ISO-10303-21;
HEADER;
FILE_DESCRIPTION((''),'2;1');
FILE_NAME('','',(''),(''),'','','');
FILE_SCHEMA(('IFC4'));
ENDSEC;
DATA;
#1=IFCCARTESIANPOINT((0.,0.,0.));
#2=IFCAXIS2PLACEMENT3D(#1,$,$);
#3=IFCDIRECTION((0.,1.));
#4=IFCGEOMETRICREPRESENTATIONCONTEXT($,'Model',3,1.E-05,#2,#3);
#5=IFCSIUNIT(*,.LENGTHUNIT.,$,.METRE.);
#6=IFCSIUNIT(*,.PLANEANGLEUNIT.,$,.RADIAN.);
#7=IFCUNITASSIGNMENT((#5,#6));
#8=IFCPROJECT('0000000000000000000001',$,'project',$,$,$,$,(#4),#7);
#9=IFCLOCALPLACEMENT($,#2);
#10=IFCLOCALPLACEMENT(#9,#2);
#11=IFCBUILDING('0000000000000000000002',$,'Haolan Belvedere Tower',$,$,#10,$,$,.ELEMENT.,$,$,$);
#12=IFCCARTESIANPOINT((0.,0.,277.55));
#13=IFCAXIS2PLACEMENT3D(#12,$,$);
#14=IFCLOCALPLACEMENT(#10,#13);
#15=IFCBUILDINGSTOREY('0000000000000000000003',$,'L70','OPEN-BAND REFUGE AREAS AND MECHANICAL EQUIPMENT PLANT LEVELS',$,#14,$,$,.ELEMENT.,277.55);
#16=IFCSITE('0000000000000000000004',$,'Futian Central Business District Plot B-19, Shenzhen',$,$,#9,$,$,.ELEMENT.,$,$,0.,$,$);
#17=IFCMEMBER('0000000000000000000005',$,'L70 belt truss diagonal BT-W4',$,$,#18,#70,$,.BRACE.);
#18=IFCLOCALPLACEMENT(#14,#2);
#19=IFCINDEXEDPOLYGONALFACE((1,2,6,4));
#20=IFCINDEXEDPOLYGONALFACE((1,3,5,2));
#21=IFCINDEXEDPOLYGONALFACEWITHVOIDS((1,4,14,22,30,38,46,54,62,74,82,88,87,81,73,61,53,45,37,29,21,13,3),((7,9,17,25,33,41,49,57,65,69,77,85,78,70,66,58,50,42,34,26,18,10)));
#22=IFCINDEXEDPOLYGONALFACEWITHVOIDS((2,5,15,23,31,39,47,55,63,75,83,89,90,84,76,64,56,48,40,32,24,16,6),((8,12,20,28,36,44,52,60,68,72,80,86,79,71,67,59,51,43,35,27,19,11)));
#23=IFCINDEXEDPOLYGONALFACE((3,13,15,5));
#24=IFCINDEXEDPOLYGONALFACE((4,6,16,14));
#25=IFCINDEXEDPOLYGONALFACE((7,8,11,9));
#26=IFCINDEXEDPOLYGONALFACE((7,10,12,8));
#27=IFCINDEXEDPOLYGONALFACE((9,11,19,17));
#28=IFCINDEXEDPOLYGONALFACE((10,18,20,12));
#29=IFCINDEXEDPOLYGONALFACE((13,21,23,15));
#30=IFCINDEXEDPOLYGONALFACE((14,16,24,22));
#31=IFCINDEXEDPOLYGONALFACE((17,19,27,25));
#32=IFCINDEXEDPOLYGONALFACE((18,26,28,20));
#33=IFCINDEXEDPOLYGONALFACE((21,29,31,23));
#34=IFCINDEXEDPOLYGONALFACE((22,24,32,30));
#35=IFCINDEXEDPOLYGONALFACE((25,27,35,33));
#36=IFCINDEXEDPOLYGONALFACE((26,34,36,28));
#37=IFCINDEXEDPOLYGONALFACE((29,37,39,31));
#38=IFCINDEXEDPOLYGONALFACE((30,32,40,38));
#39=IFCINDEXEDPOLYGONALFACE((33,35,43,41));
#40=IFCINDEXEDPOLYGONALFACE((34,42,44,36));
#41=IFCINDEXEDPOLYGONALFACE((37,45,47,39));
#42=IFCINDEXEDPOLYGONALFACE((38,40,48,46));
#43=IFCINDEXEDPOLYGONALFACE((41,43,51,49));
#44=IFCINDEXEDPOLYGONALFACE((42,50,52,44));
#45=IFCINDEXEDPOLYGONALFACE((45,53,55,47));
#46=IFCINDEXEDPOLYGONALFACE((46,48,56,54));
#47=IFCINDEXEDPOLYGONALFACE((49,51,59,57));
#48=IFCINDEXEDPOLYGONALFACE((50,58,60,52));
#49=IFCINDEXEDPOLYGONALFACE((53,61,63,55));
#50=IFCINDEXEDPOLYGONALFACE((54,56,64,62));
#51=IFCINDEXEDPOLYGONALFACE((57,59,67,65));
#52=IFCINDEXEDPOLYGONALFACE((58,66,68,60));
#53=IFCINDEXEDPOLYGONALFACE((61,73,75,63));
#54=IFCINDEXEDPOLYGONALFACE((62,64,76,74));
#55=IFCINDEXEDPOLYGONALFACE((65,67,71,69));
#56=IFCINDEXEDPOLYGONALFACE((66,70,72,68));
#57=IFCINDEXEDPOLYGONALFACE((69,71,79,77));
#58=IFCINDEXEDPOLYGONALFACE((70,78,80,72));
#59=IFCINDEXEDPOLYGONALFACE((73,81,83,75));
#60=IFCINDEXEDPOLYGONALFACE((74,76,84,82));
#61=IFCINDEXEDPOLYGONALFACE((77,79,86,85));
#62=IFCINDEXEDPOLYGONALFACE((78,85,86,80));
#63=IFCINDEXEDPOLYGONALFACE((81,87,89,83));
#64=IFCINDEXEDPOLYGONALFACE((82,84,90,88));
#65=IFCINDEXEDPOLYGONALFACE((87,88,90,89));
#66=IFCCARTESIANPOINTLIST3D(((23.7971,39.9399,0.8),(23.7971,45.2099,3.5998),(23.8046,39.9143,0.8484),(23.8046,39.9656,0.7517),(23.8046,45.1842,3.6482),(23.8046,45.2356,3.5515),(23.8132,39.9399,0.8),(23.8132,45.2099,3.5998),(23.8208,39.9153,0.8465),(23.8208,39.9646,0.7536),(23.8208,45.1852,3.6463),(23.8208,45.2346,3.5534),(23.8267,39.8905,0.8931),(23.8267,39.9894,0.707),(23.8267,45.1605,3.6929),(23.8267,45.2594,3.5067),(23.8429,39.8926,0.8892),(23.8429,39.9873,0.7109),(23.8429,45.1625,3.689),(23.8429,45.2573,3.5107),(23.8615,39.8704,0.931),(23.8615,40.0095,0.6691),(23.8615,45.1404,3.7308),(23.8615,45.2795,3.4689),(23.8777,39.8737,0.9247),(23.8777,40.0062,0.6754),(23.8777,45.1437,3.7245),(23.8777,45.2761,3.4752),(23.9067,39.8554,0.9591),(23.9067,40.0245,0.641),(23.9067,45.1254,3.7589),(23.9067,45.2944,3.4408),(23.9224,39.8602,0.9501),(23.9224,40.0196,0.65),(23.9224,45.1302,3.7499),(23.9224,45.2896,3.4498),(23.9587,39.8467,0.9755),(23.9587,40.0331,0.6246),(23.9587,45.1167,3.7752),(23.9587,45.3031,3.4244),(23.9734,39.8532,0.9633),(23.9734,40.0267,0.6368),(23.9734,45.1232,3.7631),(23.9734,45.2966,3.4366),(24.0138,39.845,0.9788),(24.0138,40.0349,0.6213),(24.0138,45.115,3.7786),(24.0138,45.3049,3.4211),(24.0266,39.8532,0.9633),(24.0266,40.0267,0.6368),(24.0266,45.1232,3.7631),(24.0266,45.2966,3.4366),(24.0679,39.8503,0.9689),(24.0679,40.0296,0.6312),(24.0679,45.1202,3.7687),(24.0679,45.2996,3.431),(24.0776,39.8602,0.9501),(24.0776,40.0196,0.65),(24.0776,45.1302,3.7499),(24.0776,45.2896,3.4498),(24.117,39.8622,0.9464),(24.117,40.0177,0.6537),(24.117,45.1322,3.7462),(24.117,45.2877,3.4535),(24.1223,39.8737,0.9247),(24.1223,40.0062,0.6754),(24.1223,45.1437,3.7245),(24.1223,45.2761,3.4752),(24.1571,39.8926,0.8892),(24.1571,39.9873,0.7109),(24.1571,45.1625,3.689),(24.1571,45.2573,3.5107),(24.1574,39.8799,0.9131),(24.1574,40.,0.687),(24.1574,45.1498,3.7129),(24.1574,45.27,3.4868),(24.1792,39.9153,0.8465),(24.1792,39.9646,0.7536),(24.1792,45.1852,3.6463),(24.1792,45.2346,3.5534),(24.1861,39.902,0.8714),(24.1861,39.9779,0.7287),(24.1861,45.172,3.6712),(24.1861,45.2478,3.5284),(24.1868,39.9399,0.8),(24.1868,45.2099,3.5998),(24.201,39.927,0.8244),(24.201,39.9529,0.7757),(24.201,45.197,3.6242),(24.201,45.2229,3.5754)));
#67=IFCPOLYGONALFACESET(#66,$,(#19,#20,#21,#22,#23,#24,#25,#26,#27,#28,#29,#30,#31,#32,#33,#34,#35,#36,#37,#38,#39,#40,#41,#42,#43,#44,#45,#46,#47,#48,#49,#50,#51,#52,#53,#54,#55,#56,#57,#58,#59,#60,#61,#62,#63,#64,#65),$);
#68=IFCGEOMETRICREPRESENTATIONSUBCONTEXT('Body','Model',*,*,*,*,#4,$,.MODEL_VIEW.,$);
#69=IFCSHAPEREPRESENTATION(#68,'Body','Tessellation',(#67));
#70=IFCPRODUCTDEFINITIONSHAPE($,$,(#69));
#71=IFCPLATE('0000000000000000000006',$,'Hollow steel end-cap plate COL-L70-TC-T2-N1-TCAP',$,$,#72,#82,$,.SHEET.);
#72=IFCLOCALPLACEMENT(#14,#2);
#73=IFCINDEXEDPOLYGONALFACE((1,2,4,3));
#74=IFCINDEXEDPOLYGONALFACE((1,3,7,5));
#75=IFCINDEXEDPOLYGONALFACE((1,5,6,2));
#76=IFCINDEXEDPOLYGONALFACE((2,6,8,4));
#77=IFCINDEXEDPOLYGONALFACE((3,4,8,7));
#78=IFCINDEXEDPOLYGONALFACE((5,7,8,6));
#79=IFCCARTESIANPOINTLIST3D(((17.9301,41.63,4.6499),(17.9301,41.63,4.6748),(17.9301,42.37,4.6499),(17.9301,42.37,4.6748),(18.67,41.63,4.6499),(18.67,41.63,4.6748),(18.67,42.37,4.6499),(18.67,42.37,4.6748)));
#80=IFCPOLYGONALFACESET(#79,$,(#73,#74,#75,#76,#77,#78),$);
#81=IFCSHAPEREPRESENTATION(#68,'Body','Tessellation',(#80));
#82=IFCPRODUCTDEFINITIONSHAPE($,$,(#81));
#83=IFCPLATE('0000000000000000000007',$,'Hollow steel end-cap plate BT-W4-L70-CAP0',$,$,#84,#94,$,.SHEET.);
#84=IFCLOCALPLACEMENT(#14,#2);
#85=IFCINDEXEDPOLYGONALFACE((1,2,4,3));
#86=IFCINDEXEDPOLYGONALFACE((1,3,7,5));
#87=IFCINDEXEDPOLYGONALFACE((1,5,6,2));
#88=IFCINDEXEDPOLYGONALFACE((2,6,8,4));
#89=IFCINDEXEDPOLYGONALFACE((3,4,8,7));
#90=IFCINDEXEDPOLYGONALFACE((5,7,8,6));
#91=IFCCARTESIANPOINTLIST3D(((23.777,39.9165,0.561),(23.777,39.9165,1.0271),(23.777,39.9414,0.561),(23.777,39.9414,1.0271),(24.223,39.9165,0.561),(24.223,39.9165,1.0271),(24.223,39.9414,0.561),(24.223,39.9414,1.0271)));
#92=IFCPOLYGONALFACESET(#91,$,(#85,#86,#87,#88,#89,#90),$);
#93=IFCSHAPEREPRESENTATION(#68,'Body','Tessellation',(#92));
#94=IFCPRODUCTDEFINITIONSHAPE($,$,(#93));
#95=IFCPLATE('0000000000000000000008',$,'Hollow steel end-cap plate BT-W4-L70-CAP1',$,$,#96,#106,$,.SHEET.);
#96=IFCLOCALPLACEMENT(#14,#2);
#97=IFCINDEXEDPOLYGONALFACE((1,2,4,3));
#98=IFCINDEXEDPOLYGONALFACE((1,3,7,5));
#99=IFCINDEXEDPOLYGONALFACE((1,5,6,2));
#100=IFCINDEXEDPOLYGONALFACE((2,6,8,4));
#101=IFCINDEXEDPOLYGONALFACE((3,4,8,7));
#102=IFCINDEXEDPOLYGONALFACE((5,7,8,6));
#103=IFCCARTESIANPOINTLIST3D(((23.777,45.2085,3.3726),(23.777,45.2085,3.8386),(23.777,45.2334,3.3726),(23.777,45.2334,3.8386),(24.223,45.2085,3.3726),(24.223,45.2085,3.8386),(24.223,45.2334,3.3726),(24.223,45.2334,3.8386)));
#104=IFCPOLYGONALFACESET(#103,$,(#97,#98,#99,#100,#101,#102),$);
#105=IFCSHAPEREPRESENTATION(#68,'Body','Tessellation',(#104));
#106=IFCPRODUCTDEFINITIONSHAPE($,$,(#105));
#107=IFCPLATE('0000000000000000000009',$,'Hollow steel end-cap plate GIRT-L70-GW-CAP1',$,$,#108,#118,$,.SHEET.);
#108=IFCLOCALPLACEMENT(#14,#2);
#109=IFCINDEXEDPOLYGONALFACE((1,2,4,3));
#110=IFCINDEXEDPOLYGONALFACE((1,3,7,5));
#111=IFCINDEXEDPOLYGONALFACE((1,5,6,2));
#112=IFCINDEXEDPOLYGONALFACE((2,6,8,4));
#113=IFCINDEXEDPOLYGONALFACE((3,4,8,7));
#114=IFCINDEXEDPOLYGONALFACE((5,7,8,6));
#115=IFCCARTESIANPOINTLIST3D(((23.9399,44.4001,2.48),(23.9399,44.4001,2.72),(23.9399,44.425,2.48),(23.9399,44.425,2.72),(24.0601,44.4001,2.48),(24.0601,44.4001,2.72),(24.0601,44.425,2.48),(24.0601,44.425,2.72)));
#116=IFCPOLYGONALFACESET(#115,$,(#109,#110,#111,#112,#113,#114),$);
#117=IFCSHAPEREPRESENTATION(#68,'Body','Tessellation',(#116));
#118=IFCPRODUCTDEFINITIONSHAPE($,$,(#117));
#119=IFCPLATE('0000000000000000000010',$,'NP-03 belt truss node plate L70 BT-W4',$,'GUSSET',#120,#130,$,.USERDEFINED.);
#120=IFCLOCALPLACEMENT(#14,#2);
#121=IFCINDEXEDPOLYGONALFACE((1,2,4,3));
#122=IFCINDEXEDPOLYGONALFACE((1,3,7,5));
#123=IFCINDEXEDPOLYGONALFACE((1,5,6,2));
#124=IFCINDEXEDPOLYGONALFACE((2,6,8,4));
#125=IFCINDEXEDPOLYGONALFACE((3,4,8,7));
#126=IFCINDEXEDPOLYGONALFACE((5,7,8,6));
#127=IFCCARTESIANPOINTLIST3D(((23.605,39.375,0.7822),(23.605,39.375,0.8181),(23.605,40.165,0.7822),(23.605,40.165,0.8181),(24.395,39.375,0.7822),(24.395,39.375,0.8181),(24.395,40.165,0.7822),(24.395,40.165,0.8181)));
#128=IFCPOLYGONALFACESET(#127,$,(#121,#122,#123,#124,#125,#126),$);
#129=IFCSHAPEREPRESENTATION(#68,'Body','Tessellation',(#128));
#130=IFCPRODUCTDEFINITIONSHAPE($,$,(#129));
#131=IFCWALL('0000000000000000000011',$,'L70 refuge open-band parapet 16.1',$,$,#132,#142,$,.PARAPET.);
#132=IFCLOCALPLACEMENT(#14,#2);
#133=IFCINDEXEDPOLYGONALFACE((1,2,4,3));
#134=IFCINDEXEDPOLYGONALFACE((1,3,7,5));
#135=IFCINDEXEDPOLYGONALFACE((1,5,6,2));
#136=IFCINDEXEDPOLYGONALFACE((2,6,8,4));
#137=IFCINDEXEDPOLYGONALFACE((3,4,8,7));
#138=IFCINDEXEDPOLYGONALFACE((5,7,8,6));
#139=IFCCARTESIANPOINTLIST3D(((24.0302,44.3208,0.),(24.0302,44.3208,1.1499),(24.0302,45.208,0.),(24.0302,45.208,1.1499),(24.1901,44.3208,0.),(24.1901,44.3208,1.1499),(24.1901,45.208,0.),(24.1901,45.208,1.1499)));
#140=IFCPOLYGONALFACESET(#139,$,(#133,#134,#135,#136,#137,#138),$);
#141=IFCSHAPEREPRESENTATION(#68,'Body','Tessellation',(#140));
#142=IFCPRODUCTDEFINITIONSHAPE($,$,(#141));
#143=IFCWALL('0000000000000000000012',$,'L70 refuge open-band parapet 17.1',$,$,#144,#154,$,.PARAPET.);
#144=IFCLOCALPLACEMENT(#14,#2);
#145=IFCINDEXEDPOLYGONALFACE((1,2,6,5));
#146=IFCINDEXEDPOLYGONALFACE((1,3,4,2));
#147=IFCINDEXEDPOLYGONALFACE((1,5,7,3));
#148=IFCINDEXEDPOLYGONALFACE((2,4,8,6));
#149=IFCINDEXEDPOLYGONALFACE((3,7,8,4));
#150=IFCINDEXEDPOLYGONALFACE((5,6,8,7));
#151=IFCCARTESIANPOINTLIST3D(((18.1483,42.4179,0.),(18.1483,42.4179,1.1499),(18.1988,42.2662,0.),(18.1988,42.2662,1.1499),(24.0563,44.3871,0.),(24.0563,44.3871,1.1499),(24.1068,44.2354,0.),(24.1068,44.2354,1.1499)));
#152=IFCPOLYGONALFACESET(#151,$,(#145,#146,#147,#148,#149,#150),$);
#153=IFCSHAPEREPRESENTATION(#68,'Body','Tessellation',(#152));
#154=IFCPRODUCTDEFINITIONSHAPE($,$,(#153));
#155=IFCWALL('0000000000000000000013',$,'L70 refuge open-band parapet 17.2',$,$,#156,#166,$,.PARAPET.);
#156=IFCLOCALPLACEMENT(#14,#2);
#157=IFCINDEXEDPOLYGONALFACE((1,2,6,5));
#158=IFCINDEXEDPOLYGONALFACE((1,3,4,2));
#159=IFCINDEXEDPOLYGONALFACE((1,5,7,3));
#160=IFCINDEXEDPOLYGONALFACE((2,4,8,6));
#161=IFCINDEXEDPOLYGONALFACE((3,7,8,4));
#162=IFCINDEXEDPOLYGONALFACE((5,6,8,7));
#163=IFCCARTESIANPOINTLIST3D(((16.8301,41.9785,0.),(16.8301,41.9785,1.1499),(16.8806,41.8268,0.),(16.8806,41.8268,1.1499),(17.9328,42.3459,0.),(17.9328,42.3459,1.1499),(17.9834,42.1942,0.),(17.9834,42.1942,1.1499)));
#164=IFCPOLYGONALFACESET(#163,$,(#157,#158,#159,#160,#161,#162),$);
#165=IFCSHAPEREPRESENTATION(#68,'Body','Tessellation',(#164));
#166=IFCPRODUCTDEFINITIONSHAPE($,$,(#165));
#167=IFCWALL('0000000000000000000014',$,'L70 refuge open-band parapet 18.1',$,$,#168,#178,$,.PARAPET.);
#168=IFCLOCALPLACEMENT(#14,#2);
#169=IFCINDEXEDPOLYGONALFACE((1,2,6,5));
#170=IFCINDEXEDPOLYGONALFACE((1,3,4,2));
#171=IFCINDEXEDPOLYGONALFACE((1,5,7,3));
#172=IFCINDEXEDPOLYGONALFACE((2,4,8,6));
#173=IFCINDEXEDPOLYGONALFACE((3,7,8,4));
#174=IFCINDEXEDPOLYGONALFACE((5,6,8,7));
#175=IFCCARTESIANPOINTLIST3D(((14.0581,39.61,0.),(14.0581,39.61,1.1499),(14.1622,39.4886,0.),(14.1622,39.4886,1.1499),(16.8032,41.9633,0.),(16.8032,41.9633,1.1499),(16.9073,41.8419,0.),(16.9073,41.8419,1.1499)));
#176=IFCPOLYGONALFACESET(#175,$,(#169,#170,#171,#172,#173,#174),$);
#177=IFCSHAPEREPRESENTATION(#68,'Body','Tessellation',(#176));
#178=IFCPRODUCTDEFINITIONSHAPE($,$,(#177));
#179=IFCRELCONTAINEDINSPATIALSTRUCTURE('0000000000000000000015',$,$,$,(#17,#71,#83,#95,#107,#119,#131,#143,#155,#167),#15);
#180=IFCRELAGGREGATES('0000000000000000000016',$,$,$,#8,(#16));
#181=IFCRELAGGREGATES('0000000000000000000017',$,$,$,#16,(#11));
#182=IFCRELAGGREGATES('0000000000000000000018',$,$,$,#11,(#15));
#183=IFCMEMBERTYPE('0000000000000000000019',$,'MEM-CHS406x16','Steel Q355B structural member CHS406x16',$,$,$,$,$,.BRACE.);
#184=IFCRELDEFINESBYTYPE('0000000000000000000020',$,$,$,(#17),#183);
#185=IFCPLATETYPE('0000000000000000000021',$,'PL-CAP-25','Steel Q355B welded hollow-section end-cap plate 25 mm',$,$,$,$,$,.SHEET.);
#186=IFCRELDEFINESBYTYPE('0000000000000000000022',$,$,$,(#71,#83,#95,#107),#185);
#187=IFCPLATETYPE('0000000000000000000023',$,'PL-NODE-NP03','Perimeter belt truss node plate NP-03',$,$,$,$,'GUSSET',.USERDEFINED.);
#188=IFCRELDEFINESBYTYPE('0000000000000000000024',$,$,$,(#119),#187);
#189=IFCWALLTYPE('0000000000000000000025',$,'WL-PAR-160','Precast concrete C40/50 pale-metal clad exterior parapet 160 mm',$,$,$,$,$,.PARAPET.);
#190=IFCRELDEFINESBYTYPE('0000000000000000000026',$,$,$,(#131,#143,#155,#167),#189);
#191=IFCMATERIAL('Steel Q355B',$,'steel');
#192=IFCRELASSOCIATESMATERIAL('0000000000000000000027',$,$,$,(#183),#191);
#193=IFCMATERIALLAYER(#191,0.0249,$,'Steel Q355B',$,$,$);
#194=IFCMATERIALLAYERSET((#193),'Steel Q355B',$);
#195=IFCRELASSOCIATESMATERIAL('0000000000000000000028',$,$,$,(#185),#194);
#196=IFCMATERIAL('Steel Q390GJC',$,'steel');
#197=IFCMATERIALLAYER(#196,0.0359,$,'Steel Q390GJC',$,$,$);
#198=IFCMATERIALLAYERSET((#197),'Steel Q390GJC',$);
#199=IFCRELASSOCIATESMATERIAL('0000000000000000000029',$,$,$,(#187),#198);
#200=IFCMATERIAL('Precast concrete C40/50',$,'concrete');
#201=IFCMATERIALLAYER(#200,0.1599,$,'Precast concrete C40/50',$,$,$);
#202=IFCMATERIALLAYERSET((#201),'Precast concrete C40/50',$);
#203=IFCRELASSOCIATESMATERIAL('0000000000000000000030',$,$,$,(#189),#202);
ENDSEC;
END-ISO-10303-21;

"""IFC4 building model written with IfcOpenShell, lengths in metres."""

from ifc_helpers import new_model, si_unit, direction, frame, frame_2d, origin, origin_2d, place, context, subcontext, project, spatial, rectangle, hollow_circle, extrude, material, layer, layer_set, material_profile, profile_set, type_object, element, save


model = new_model("IFC4")

# Units and contexts
model_context = context("Model", 3, precision=1e-05, world=origin(), true_north=direction((0.0, 1.0)))
body_context = subcontext(model_context, "Body", "Model", "MODEL_VIEW")
ifc_project = project(units=[si_unit("LENGTHUNIT", "METRE"), si_unit("PLANEANGLEUNIT", "RADIAN")], contexts=[model_context])

# Site, building, storey
site_placement = place(None, origin())
site = spatial("IfcSite", under=ifc_project, at=site_placement, Name="Futian Central Business District Plot B-19, Shenzhen", CompositionType="ELEMENT", RefElevation=0.0)
building_placement = place(site_placement, origin())
building = spatial("IfcBuilding", under=site, at=building_placement, Name="Haolan Belvedere Tower", CompositionType="ELEMENT")
storey_placement = place(building_placement, frame((0.0, 0.0, 277.55)))
storey = spatial("IfcBuildingStorey", under=building, at=storey_placement, Name="L70", Description="OPEN-BAND REFUGE AREAS AND MECHANICAL EQUIPMENT PLANT LEVELS", CompositionType="ELEMENT", Elevation=277.55)

# Shared definitions
ifc_material_1 = material(Name="Steel Q390GJC", Category="steel")

# Shared definitions
ifc_material_2 = material(Name="Steel Q355B", Category="steel")

# Member
ifc_material_profile_1 = material_profile(ifc_material_2, hollow_circle(Radius=0.2029, WallThickness=0.0161, at=origin_2d()), Name="Steel Q355B")
ifc_profile_set_1 = profile_set([ifc_material_profile_1], Name="Steel Q355B")
member_type = type_object("IfcMemberType", Name="MEM-CHS406x16", Description="Steel Q355B structural member CHS406x16", PredefinedType="BRACE", material=ifc_profile_set_1)
member_placement = place(storey_placement, frame((24.0, 39.9399, 0.8), z_axis=(0.0, 0.883108, 0.469169), x_axis=(-1.0, 0.0, 0.0)))
element("IfcMember", 1, at=member_placement, inside=storey, type_object=member_type, Name="L70 belt truss diagonal BT-W4", PredefinedType="BRACE", context=body_context, shape_type="SweptSolid", body=[
    extrude(hollow_circle(Radius=0.2029, WallThickness=0.0161, at=origin_2d()), origin(), (0.0, 0.0, 1.0), 5.9675),
])

# Plates
ifc_layer_1 = layer(ifc_material_2, 0.0249, Name="Steel Q355B")
ifc_layer_set_1 = layer_set([ifc_layer_1], Name="Steel Q355B")
plate_type_1 = type_object("IfcPlateType", Name="PL-CAP-25", Description="Steel Q355B welded hollow-section end-cap plate 25 mm", PredefinedType="SHEET", material=ifc_layer_set_1)
plate_1_placement = place(storey_placement, frame((18.3, 42.0, 4.6499), z_axis=(0.0, 0.0, 1.0), x_axis=(1.0, 0.0, 0.0)))
element("IfcPlate", 2, at=plate_1_placement, inside=storey, type_object=plate_type_1, Name="Hollow steel end-cap plate COL-L70-TC-T2-N1-TCAP", PredefinedType="SHEET", context=body_context, shape_type="SweptSolid", body=[
    extrude(rectangle(XDim=0.74, YDim=0.74, at=origin_2d()), origin(), (0.0, 0.0, 1.0), 0.0249),
])
for number, where, z_axis, x_axis, name in (
    (3, (24.0, 39.929, 0.561), (0.0, 0.0, 1.0), (1.0, 0.0, 0.0), "Hollow steel end-cap plate BT-W4-L70-CAP0"),
    (4, (24.0, 45.2209, 3.3726), (0.0, 0.0, 1.0), (-1.0, 0.0, 0.0), "Hollow steel end-cap plate BT-W4-L70-CAP1"),
):
    element("IfcPlate", number, at=place(storey_placement, frame(where, z_axis=z_axis, x_axis=x_axis)), inside=storey, type_object=plate_type_1, Name=name, PredefinedType="SHEET", context=body_context, shape_type="SweptSolid", body=[
        extrude(rectangle(XDim=0.446, YDim=0.0249, at=origin_2d()), origin(), (0.0, 0.0, 1.0), 0.4661),
    ])
plate_2_placement = place(storey_placement, frame((24.0, 44.4126, 2.48), z_axis=(0.0, 0.0, 1.0), x_axis=(-1.0, 0.0, 0.0)))
element("IfcPlate", 5, at=plate_2_placement, inside=storey, type_object=plate_type_1, Name="Hollow steel end-cap plate GIRT-L70-GW-CAP1", PredefinedType="SHEET", context=body_context, shape_type="SweptSolid", body=[
    extrude(rectangle(XDim=0.1201, YDim=0.0249, at=origin_2d()), origin(), (0.0, 0.0, 1.0), 0.24),
])
ifc_layer_2 = layer(ifc_material_1, 0.0359, Name="Steel Q390GJC")
ifc_layer_set_2 = layer_set([ifc_layer_2], Name="Steel Q390GJC")
plate_type_2 = type_object("IfcPlateType", Name="PL-NODE-NP03", Description="Perimeter belt truss node plate NP-03", ElementType="GUSSET", PredefinedType="USERDEFINED", material=ifc_layer_set_2)
plate_3_placement = place(storey_placement, frame((24.0, 39.77, 0.7822), z_axis=(0.0, 0.0, 1.0), x_axis=(1.0, 0.0, 0.0)))
element("IfcPlate", 6, at=plate_3_placement, inside=storey, type_object=plate_type_2, Name="NP-03 belt truss node plate L70 BT-W4", ObjectType="GUSSET", PredefinedType="USERDEFINED", context=body_context, shape_type="SweptSolid", body=[
    extrude(rectangle(XDim=0.79, YDim=0.79, at=origin_2d()), origin(), (0.0, 0.0, 1.0), 0.0359),
])

# Walls
ifc_material_3 = material(Name="Precast concrete C40/50", Category="concrete")
ifc_layer_3 = layer(ifc_material_3, 0.1599, Name="Precast concrete C40/50")
ifc_layer_set_3 = layer_set([ifc_layer_3], Name="Precast concrete C40/50")
wall_type = type_object("IfcWallType", Name="WL-PAR-160", Description="Precast concrete C40/50 pale-metal clad exterior parapet 160 mm", PredefinedType="PARAPET", material=ifc_layer_set_3)
wall_1_placement = place(storey_placement, frame((24.1101, 45.208, 0.0), z_axis=(0.0, 0.0, 1.0), x_axis=(0.0, -1.0, 0.0)))
element("IfcWall", 7, at=wall_1_placement, inside=storey, type_object=wall_type, Name="L70 refuge open-band parapet 16.1", PredefinedType="PARAPET", context=body_context, shape_type="SweptSolid", body=[
    extrude(rectangle(XDim=0.8872, YDim=0.1599, at=frame_2d((0.4436, 0.0))), origin(), (0.0, 0.0, 1.0), 1.1499),
])
wall_2_placement = place(storey_placement, frame((24.0815, 44.3113, 0.0), z_axis=(0.0, 0.0, 1.0), x_axis=(-0.948687, -0.316216, 0.0)))
element("IfcWall", 8, at=wall_2_placement, inside=storey, type_object=wall_type, Name="L70 refuge open-band parapet 17.1", PredefinedType="PARAPET", context=body_context, shape_type="SweptSolid", body=[
    extrude(rectangle(XDim=6.2275, YDim=0.1599, at=frame_2d((3.1138, 0.0))), origin(), (0.0, 0.0, 1.0), 1.1499),
])
wall_3_placement = place(storey_placement, frame((17.958, 42.27, 0.0), z_axis=(0.0, 0.0, 1.0), x_axis=(-0.948725, -0.316102, 0.0)))
element("IfcWall", 9, at=wall_3_placement, inside=storey, type_object=wall_type, Name="L70 refuge open-band parapet 17.2", PredefinedType="PARAPET", context=body_context, shape_type="SweptSolid", body=[
    extrude(rectangle(XDim=1.1624, YDim=0.1599, at=frame_2d((0.5811, 0.0))), origin(), (0.0, 0.0, 1.0), 1.1499),
])
wall_4_placement = place(storey_placement, frame((16.8552, 41.9026, 0.0), z_axis=(0.0, 0.0, 1.0), x_axis=(-0.759214, -0.650841, 0.0)))
element("IfcWall", 10, at=wall_4_placement, inside=storey, type_object=wall_type, Name="L70 refuge open-band parapet 18.1", PredefinedType="PARAPET", context=body_context, shape_type="SweptSolid", body=[
    extrude(rectangle(XDim=3.6157, YDim=0.1599, at=frame_2d((1.8079, 0.0))), origin(), (0.0, 0.0, 1.0), 1.1499),
])

save(model, "model.ifc")
